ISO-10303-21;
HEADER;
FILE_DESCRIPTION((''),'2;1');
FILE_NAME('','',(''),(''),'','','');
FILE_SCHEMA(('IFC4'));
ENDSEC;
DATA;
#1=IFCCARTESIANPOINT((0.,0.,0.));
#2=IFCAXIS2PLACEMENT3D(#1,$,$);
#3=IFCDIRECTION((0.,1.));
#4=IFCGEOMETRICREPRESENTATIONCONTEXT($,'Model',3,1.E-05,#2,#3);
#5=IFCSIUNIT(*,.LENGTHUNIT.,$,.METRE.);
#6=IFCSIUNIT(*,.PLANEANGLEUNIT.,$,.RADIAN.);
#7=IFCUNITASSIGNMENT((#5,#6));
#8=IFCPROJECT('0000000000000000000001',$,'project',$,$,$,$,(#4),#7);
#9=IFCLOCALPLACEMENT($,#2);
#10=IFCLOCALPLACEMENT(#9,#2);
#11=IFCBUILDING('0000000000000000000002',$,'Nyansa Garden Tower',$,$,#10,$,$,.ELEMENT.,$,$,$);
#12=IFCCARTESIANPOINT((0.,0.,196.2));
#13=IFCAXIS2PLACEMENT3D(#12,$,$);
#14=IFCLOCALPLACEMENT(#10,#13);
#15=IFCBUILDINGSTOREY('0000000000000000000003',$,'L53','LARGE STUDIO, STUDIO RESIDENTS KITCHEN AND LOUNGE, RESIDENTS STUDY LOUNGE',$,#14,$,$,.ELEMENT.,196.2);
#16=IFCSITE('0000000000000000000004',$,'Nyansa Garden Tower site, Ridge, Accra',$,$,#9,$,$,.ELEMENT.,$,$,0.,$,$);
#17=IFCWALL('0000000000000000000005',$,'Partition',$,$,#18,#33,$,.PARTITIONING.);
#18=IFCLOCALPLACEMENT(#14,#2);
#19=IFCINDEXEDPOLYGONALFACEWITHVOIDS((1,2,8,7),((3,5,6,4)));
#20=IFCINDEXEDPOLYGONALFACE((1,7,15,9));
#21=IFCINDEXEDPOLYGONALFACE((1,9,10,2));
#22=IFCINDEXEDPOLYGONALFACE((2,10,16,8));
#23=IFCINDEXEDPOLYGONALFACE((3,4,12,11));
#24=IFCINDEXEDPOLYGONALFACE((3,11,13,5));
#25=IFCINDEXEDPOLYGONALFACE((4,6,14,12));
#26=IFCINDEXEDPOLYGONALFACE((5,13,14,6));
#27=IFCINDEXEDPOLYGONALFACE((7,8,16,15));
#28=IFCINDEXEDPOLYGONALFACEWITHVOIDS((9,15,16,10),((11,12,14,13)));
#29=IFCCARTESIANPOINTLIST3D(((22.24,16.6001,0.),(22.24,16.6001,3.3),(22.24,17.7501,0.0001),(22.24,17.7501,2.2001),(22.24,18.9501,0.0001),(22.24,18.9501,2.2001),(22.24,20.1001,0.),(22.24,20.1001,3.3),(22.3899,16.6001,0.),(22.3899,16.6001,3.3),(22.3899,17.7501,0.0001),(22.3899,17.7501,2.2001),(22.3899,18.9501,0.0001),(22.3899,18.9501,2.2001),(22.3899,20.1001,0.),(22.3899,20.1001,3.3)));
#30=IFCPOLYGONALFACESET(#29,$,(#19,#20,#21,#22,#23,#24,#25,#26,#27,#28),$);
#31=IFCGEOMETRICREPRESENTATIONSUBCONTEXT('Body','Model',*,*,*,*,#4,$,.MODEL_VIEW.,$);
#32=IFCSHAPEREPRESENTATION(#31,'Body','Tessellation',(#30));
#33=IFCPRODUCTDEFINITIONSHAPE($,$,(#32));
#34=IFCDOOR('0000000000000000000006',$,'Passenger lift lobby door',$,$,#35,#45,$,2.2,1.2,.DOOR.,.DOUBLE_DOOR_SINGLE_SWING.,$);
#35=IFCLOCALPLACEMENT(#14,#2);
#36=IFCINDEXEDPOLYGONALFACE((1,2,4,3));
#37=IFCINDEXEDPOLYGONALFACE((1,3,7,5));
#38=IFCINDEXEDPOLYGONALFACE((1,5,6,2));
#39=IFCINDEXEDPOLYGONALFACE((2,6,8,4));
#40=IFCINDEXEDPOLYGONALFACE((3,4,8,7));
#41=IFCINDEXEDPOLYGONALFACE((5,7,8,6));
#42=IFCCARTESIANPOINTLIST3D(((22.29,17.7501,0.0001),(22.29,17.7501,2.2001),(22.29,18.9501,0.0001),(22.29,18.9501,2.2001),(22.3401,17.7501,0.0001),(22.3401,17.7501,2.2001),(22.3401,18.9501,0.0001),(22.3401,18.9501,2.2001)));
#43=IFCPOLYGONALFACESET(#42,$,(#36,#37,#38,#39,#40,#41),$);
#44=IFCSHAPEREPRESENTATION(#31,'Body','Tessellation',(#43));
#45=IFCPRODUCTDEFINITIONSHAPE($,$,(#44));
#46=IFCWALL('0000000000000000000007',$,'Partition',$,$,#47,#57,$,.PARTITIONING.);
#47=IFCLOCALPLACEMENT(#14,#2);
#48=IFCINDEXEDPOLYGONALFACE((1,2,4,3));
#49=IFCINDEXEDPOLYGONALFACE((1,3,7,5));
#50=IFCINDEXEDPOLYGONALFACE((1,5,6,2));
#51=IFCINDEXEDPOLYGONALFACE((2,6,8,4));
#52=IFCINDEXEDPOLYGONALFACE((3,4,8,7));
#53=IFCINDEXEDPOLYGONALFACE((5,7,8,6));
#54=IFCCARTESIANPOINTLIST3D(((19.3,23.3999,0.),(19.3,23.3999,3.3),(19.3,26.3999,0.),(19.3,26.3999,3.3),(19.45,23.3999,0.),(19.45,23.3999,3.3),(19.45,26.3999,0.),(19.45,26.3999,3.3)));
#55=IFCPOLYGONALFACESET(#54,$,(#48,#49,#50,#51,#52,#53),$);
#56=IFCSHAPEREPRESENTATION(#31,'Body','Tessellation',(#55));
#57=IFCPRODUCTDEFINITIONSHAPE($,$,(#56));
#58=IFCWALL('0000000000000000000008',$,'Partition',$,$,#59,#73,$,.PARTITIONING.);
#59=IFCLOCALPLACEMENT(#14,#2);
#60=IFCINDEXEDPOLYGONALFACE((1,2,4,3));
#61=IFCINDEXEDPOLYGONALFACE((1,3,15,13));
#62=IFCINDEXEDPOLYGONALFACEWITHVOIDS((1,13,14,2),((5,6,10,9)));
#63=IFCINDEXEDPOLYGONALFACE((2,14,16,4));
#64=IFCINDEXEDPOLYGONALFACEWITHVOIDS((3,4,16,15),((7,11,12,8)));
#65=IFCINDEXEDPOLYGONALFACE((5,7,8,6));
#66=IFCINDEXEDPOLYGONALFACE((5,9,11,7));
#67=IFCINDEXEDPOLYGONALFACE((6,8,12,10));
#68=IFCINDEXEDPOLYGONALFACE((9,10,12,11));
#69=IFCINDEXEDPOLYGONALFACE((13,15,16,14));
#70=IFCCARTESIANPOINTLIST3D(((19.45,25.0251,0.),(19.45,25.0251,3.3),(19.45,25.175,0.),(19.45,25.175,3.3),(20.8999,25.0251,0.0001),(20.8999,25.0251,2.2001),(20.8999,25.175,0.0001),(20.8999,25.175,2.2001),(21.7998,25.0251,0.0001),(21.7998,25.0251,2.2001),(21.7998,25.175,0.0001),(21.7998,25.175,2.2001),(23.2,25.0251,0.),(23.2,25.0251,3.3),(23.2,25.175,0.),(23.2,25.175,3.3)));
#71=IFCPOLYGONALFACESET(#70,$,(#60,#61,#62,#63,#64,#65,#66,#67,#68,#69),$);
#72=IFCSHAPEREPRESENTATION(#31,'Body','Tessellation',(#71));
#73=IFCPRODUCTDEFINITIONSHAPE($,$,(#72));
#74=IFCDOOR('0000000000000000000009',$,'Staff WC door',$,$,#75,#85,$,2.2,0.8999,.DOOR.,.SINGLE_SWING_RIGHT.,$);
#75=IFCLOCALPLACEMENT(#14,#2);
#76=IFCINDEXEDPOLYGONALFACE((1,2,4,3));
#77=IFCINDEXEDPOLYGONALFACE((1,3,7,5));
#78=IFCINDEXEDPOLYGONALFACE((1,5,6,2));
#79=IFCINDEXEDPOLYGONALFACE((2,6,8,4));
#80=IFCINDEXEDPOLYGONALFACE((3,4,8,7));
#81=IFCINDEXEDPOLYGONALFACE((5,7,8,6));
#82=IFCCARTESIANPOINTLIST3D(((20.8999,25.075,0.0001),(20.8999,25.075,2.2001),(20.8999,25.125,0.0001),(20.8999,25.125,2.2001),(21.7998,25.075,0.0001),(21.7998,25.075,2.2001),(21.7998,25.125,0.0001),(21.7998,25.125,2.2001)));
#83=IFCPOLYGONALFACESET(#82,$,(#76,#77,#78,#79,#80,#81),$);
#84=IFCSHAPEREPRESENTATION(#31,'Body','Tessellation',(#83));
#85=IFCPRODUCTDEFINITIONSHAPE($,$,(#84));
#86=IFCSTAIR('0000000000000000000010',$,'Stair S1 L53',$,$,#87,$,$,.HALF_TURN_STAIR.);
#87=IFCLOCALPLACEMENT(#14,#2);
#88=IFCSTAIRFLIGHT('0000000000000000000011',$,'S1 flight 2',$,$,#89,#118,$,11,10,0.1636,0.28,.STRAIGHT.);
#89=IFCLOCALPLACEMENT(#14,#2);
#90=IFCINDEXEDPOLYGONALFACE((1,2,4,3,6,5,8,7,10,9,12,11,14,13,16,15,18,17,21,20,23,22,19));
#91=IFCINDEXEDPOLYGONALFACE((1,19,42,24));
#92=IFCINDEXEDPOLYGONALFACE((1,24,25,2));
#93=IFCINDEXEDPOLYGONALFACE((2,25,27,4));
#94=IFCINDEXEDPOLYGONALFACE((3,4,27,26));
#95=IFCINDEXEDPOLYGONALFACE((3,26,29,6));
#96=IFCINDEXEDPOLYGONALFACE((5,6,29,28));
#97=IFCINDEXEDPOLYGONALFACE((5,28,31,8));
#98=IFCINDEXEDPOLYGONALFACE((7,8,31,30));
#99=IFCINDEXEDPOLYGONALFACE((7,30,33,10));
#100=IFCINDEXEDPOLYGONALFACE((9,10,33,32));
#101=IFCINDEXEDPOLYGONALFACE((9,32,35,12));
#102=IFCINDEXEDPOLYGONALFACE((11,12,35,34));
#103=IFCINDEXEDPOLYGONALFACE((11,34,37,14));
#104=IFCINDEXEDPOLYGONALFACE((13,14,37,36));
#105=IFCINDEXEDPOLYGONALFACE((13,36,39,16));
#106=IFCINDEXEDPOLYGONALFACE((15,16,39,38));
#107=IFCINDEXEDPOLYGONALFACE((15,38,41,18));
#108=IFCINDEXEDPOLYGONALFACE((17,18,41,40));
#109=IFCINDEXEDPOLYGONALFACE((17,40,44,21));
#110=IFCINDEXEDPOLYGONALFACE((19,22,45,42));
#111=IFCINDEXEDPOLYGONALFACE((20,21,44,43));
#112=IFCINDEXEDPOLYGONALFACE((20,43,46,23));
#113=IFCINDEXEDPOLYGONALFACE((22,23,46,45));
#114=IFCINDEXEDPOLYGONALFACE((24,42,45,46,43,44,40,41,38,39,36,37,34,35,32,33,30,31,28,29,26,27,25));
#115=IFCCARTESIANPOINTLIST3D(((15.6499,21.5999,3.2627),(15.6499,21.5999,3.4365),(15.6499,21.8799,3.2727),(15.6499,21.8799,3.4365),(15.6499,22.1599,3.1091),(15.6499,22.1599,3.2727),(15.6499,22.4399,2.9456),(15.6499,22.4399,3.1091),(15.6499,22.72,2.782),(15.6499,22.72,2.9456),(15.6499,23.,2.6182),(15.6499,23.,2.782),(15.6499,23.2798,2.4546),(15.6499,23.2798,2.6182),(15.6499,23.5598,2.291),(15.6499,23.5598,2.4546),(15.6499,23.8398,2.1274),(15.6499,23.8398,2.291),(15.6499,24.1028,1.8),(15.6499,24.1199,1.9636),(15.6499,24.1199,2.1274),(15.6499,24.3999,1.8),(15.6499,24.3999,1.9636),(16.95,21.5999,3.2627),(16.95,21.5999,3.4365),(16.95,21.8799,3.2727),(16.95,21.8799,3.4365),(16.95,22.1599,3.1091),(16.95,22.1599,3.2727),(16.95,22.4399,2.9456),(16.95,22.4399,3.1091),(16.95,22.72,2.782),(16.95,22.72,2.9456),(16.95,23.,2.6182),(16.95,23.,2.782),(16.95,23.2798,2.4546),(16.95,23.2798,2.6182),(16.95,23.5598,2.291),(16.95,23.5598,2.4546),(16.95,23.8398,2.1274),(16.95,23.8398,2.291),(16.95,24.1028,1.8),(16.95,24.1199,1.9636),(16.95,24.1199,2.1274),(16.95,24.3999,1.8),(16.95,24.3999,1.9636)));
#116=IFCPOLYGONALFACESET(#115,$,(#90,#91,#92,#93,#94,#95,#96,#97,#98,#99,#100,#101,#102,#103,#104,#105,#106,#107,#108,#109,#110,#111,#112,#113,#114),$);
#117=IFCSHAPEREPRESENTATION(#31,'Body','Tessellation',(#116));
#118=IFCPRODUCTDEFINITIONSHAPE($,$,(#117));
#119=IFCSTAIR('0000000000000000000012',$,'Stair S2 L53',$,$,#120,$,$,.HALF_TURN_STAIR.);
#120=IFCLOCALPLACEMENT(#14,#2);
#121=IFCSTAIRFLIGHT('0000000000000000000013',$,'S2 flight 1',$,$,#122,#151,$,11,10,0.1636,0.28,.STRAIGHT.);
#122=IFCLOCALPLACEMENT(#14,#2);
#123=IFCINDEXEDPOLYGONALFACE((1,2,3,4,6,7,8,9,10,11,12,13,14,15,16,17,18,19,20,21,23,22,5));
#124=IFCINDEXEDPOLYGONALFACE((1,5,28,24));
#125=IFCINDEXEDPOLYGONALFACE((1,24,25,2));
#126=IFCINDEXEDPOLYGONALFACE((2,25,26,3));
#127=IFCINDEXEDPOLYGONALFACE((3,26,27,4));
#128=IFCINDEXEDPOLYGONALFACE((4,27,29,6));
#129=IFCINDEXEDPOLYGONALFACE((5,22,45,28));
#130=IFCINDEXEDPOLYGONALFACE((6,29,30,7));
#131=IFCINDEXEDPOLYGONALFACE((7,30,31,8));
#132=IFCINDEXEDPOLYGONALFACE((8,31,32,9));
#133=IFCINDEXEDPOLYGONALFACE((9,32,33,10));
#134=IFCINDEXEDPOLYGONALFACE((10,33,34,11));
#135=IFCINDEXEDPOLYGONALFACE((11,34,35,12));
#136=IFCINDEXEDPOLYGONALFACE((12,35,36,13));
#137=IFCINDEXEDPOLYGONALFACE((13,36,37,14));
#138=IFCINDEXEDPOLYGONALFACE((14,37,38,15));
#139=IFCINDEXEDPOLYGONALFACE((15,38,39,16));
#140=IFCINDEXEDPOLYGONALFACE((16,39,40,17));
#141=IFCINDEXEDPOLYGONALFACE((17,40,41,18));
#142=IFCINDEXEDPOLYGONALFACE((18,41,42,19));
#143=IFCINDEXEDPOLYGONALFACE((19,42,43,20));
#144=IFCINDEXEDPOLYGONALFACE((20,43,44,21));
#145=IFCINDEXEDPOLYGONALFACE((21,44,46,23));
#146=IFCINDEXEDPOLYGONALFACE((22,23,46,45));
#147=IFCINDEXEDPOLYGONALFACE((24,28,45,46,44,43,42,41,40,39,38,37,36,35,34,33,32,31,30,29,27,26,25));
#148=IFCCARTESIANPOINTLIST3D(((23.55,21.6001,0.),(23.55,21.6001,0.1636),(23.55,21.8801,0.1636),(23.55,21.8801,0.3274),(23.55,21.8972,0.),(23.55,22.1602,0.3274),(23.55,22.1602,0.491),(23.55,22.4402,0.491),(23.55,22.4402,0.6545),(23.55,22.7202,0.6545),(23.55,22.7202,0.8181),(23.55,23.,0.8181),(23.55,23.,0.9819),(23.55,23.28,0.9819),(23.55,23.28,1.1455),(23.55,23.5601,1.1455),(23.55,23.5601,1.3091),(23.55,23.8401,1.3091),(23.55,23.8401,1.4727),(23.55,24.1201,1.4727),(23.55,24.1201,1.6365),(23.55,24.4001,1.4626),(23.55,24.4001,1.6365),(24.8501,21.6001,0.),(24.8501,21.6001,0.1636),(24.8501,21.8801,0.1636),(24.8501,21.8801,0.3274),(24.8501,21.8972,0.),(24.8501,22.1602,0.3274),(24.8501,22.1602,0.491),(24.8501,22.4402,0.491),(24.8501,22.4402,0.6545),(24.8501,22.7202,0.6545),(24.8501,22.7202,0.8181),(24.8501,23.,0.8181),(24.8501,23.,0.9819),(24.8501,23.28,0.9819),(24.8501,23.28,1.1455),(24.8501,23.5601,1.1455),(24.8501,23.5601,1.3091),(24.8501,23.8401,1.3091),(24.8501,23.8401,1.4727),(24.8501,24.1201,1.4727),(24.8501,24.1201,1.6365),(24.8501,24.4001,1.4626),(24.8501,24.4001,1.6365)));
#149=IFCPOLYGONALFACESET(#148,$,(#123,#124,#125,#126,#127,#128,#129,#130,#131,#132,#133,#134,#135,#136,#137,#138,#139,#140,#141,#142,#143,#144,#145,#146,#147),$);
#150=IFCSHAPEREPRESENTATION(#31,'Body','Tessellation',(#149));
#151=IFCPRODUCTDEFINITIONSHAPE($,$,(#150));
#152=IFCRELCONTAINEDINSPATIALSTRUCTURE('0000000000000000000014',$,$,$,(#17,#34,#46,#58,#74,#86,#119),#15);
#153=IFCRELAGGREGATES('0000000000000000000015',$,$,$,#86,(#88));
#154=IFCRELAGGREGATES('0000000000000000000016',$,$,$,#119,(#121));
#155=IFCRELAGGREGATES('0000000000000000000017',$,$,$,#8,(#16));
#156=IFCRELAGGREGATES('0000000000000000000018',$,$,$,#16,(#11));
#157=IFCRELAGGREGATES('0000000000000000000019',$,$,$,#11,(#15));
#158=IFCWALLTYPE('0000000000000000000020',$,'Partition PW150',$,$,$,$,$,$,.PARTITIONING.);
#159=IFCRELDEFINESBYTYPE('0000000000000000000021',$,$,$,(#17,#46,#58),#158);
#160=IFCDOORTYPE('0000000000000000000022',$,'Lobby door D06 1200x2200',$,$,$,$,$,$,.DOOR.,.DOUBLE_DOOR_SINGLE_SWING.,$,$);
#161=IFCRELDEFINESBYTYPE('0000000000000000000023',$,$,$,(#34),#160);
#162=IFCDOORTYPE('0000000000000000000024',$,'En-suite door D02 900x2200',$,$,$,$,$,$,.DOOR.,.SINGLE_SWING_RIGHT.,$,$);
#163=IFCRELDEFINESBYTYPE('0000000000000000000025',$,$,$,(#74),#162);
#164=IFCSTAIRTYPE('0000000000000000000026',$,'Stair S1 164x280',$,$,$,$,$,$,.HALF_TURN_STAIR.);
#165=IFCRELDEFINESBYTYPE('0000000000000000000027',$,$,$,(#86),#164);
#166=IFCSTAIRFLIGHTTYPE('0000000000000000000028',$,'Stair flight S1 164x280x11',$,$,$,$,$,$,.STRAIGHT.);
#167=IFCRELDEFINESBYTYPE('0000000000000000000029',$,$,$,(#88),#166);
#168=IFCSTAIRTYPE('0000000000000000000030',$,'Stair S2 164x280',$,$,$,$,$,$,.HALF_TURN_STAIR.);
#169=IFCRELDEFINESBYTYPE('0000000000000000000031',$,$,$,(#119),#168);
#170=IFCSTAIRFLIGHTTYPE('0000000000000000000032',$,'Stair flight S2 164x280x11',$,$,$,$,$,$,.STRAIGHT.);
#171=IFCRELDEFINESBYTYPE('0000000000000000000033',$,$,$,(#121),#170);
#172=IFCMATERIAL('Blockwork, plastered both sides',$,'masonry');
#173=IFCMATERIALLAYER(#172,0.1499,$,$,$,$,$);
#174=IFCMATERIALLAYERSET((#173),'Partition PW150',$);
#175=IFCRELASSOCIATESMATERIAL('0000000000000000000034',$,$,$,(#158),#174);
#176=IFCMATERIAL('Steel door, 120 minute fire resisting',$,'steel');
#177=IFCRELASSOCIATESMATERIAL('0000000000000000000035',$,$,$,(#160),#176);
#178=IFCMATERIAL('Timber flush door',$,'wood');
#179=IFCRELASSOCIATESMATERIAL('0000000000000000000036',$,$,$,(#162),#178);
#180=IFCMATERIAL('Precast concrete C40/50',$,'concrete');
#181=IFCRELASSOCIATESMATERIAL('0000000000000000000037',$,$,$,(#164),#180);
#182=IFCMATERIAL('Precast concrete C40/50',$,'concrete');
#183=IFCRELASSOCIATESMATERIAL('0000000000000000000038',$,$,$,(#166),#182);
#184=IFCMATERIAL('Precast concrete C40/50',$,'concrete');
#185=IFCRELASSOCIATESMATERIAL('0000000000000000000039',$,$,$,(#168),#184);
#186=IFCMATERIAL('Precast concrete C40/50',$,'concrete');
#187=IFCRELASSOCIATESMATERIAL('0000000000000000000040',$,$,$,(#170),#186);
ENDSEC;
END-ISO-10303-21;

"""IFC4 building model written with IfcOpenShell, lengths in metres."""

from ifc_helpers import new_model, si_unit, direction, frame, frame_2d, origin, place, context, subcontext, project, spatial, polyline, rectangle, outline, extrude, material, layer, layer_set, type_object, element, fill, aggregate, save


model = new_model("IFC4")

# Units and contexts
model_context = context("Model", 3, precision=1e-05, world=origin(), true_north=direction((0.0, 1.0)))
body_context = subcontext(model_context, "Body", "Model", "MODEL_VIEW")
ifc_project = project(units=[si_unit("LENGTHUNIT", "METRE"), si_unit("PLANEANGLEUNIT", "RADIAN")], contexts=[model_context])

# Site, building, storey
site_placement = place(None, origin())
site = spatial("IfcSite", under=ifc_project, at=site_placement, Name="Nyansa Garden Tower site, Ridge, Accra", CompositionType="ELEMENT", RefElevation=0.0)
building_placement = place(site_placement, origin())
building = spatial("IfcBuilding", under=site, at=building_placement, Name="Nyansa Garden Tower", CompositionType="ELEMENT")
storey_placement = place(building_placement, frame((0.0, 0.0, 196.2)))
storey = spatial("IfcBuildingStorey", under=building, at=storey_placement, Name="L53", Description="LARGE STUDIO, STUDIO RESIDENTS KITCHEN AND LOUNGE, RESIDENTS STUDY LOUNGE", CompositionType="ELEMENT", Elevation=196.2)

# Wall, opening, door
ifc_material_1 = material(Name="Blockwork, plastered both sides", Category="masonry")
ifc_layer_1 = layer(ifc_material_1, 0.1499)
ifc_layer_set_1 = layer_set([ifc_layer_1], Name="Partition PW150")
wall_type_1 = type_object("IfcWallType", Name="Partition PW150", PredefinedType="PARTITIONING", material=ifc_layer_set_1)
ifc_material_2 = material(Name="Steel door, 120 minute fire resisting", Category="steel")
door_type_1 = type_object("IfcDoorType", Name="Lobby door D06 1200x2200", OperationType="DOUBLE_DOOR_SINGLE_SWING", PredefinedType="DOOR", material=ifc_material_2)
wall_1_placement = place(storey_placement, frame((22.3149, 16.6001, 0.0), z_axis=(0.0, 0.0, 1.0), x_axis=(0.0, 1.0, 0.0)))
wall_1 = element("IfcWall", 1, at=wall_1_placement, inside=storey, type_object=wall_type_1, Name="Partition", PredefinedType="PARTITIONING", context=body_context, shape_type="SweptSolid", body=[
    extrude(rectangle(XDim=3.5, YDim=0.1499, at=frame_2d((1.75, 0.0))), origin(), (0.0, 0.0, 1.0), 3.3),
])
opening_1_placement = place(wall_1_placement, frame((1.1499, 0.0, 0.0)))
opening_1 = element("IfcOpeningElement", 2, at=opening_1_placement, cuts=wall_1, PredefinedType="OPENING", context=body_context, shape_type="SweptSolid", body=[
    extrude(rectangle(XDim=1.2, YDim=2.2, at=frame_2d((0.6001, 1.1001))), frame((0.0, 0.085, 0.0), z_axis=(0.0, -1.0, 0.0), x_axis=(1.0, 0.0, 0.0)), (0.0, 0.0, 1.0), 0.1699),
])
door_1_placement = place(opening_1_placement, origin())
door_1 = element("IfcDoor", 3, at=door_1_placement, inside=storey, type_object=door_type_1, Name="Passenger lift lobby door", OperationType="DOUBLE_DOOR_SINGLE_SWING", OverallHeight=2.2, OverallWidth=1.2, PredefinedType="DOOR", context=body_context, shape_type="SweptSolid", body=[
    extrude(rectangle(XDim=1.2, YDim=2.2, at=frame_2d((0.6001, 1.1001))), frame((0.0, 0.0249, 0.0), z_axis=(0.0, -1.0, 0.0), x_axis=(1.0, 0.0, 0.0)), (0.0, 0.0, 1.0), 0.05),
])
fill(opening_1, door_1)

# Wall
wall_2_placement = place(storey_placement, frame((19.375, 23.3999, 0.0), z_axis=(0.0, 0.0, 1.0), x_axis=(0.0, 1.0, 0.0)))
element("IfcWall", 4, at=wall_2_placement, inside=storey, type_object=wall_type_1, Name="Partition", PredefinedType="PARTITIONING", context=body_context, shape_type="SweptSolid", body=[
    extrude(rectangle(XDim=3.0, YDim=0.1499, at=frame_2d((1.5, 0.0))), origin(), (0.0, 0.0, 1.0), 3.3),
])

# Wall, opening, door
wall_3_placement = place(storey_placement, frame((19.45, 25.1001, 0.0), z_axis=(0.0, 0.0, 1.0), x_axis=(1.0, 0.0, 0.0)))
wall_3 = element("IfcWall", 5, at=wall_3_placement, inside=storey, type_object=wall_type_1, Name="Partition", PredefinedType="PARTITIONING", context=body_context, shape_type="SweptSolid", body=[
    extrude(rectangle(XDim=3.75, YDim=0.1499, at=frame_2d((1.875, 0.0))), origin(), (0.0, 0.0, 1.0), 3.3),
])
opening_2_placement = place(wall_3_placement, frame((1.45, 0.0, 0.0)))
opening_2 = element("IfcOpeningElement", 6, at=opening_2_placement, cuts=wall_3, PredefinedType="OPENING", context=body_context, shape_type="SweptSolid", body=[
    extrude(rectangle(XDim=0.8999, YDim=2.2, at=frame_2d((0.45, 1.1001))), frame((0.0, 0.085, 0.0), z_axis=(0.0, -1.0, 0.0), x_axis=(1.0, 0.0, 0.0)), (0.0, 0.0, 1.0), 0.1699),
])
ifc_material_3 = material(Name="Timber flush door", Category="wood")
door_type_2 = type_object("IfcDoorType", Name="En-suite door D02 900x2200", OperationType="SINGLE_SWING_RIGHT", PredefinedType="DOOR", material=ifc_material_3)
door_2_placement = place(opening_2_placement, origin())
door_2 = element("IfcDoor", 7, at=door_2_placement, inside=storey, type_object=door_type_2, Name="Staff WC door", OperationType="SINGLE_SWING_RIGHT", OverallHeight=2.2, OverallWidth=0.8999, PredefinedType="DOOR", context=body_context, shape_type="SweptSolid", body=[
    extrude(rectangle(XDim=0.8999, YDim=2.2, at=frame_2d((0.45, 1.1001))), frame((0.0, 0.0249, 0.0), z_axis=(0.0, -1.0, 0.0), x_axis=(1.0, 0.0, 0.0)), (0.0, 0.0, 1.0), 0.05),
])
fill(opening_2, door_2)

# Stair, stair flight
ifc_material_4 = material(Name="Precast concrete C40/50", Category="concrete")
stair_type_1 = type_object("IfcStairType", Name="Stair S1 164x280", PredefinedType="HALF_TURN_STAIR", material=ifc_material_4)
stair_1_placement = place(storey_placement, origin())
stair_1 = element("IfcStair", 8, at=stair_1_placement, inside=storey, type_object=stair_type_1, Name="Stair S1 L53", PredefinedType="HALF_TURN_STAIR")
ifc_material_5 = material(Name="Precast concrete C40/50", Category="concrete")
stair_flight_type_1 = type_object("IfcStairFlightType", Name="Stair flight S1 164x280x11", PredefinedType="STRAIGHT", material=ifc_material_5)
stair_flight_1_placement = place(storey_placement, frame((16.3, 24.3999, 1.8), z_axis=(0.0, 0.0, 1.0), x_axis=(0.0, -1.0, 0.0)))
stair_flight_1 = element("IfcStairFlight", 9, at=stair_flight_1_placement, type_object=stair_flight_type_1, Name="S1 flight 2", NumberOfRisers=11, NumberOfTreads=10, PredefinedType="STRAIGHT", RiserHeight=0.1636, TreadLength=0.28, context=body_context, shape_type="SweptSolid", body=[
    extrude(outline(polyline([(0.0, 0.0), (0.0, 0.1636), (0.28, 0.1636), (0.28, 0.3274), (0.5601, 0.3274), (0.5601, 0.491), (0.8401, 0.491), (0.8401, 0.6545), (1.1201, 0.6545), (1.1201, 0.8181), (1.3999, 0.8181), (1.3999, 0.9819), (1.6799, 0.9819), (1.6799, 1.1455), (1.96, 1.1455), (1.96, 1.3091), (2.24, 1.3091), (2.24, 1.4727), (2.52, 1.4727), (2.52, 1.6365), (2.8, 1.6365), (2.8, 1.8), (2.8, 1.4626), (0.2971, 0.0), (0.0, 0.0)])), frame((0.0, 0.6499, 0.0), z_axis=(0.0, -1.0, 0.0), x_axis=(1.0, 0.0, 0.0)), (0.0, 0.0, 1.0), 1.3),
])
aggregate(stair_1, [stair_flight_1])

# Stair, stair flight
ifc_material_6 = material(Name="Precast concrete C40/50", Category="concrete")
stair_type_2 = type_object("IfcStairType", Name="Stair S2 164x280", PredefinedType="HALF_TURN_STAIR", material=ifc_material_6)
stair_2_placement = place(storey_placement, origin())
stair_2 = element("IfcStair", 10, at=stair_2_placement, inside=storey, type_object=stair_type_2, Name="Stair S2 L53", PredefinedType="HALF_TURN_STAIR")
ifc_material_7 = material(Name="Precast concrete C40/50", Category="concrete")
stair_flight_type_2 = type_object("IfcStairFlightType", Name="Stair flight S2 164x280x11", PredefinedType="STRAIGHT", material=ifc_material_7)
stair_flight_2_placement = place(storey_placement, frame((24.2, 21.6001, 0.0), z_axis=(0.0, 0.0, 1.0), x_axis=(0.0, 1.0, 0.0)))
stair_flight_2 = element("IfcStairFlight", 11, at=stair_flight_2_placement, type_object=stair_flight_type_2, Name="S2 flight 1", NumberOfRisers=11, NumberOfTreads=10, PredefinedType="STRAIGHT", RiserHeight=0.1636, TreadLength=0.28, context=body_context, shape_type="SweptSolid", body=[
    extrude(outline(polyline([(0.0, 0.0), (0.0, 0.1636), (0.28, 0.1636), (0.28, 0.3274), (0.5601, 0.3274), (0.5601, 0.491), (0.8401, 0.491), (0.8401, 0.6545), (1.1201, 0.6545), (1.1201, 0.8181), (1.3999, 0.8181), (1.3999, 0.9819), (1.6799, 0.9819), (1.6799, 1.1455), (1.96, 1.1455), (1.96, 1.3091), (2.24, 1.3091), (2.24, 1.4727), (2.52, 1.4727), (2.52, 1.6365), (2.8, 1.6365), (2.8, 1.8), (2.8, 1.4626), (0.2971, 0.0), (0.0, 0.0)])), frame((0.0, 0.6499, 0.0), z_axis=(0.0, -1.0, 0.0), x_axis=(1.0, 0.0, 0.0)), (0.0, 0.0, 1.0), 1.3),
])
aggregate(stair_2, [stair_flight_2])

save(model, "model.ifc")
